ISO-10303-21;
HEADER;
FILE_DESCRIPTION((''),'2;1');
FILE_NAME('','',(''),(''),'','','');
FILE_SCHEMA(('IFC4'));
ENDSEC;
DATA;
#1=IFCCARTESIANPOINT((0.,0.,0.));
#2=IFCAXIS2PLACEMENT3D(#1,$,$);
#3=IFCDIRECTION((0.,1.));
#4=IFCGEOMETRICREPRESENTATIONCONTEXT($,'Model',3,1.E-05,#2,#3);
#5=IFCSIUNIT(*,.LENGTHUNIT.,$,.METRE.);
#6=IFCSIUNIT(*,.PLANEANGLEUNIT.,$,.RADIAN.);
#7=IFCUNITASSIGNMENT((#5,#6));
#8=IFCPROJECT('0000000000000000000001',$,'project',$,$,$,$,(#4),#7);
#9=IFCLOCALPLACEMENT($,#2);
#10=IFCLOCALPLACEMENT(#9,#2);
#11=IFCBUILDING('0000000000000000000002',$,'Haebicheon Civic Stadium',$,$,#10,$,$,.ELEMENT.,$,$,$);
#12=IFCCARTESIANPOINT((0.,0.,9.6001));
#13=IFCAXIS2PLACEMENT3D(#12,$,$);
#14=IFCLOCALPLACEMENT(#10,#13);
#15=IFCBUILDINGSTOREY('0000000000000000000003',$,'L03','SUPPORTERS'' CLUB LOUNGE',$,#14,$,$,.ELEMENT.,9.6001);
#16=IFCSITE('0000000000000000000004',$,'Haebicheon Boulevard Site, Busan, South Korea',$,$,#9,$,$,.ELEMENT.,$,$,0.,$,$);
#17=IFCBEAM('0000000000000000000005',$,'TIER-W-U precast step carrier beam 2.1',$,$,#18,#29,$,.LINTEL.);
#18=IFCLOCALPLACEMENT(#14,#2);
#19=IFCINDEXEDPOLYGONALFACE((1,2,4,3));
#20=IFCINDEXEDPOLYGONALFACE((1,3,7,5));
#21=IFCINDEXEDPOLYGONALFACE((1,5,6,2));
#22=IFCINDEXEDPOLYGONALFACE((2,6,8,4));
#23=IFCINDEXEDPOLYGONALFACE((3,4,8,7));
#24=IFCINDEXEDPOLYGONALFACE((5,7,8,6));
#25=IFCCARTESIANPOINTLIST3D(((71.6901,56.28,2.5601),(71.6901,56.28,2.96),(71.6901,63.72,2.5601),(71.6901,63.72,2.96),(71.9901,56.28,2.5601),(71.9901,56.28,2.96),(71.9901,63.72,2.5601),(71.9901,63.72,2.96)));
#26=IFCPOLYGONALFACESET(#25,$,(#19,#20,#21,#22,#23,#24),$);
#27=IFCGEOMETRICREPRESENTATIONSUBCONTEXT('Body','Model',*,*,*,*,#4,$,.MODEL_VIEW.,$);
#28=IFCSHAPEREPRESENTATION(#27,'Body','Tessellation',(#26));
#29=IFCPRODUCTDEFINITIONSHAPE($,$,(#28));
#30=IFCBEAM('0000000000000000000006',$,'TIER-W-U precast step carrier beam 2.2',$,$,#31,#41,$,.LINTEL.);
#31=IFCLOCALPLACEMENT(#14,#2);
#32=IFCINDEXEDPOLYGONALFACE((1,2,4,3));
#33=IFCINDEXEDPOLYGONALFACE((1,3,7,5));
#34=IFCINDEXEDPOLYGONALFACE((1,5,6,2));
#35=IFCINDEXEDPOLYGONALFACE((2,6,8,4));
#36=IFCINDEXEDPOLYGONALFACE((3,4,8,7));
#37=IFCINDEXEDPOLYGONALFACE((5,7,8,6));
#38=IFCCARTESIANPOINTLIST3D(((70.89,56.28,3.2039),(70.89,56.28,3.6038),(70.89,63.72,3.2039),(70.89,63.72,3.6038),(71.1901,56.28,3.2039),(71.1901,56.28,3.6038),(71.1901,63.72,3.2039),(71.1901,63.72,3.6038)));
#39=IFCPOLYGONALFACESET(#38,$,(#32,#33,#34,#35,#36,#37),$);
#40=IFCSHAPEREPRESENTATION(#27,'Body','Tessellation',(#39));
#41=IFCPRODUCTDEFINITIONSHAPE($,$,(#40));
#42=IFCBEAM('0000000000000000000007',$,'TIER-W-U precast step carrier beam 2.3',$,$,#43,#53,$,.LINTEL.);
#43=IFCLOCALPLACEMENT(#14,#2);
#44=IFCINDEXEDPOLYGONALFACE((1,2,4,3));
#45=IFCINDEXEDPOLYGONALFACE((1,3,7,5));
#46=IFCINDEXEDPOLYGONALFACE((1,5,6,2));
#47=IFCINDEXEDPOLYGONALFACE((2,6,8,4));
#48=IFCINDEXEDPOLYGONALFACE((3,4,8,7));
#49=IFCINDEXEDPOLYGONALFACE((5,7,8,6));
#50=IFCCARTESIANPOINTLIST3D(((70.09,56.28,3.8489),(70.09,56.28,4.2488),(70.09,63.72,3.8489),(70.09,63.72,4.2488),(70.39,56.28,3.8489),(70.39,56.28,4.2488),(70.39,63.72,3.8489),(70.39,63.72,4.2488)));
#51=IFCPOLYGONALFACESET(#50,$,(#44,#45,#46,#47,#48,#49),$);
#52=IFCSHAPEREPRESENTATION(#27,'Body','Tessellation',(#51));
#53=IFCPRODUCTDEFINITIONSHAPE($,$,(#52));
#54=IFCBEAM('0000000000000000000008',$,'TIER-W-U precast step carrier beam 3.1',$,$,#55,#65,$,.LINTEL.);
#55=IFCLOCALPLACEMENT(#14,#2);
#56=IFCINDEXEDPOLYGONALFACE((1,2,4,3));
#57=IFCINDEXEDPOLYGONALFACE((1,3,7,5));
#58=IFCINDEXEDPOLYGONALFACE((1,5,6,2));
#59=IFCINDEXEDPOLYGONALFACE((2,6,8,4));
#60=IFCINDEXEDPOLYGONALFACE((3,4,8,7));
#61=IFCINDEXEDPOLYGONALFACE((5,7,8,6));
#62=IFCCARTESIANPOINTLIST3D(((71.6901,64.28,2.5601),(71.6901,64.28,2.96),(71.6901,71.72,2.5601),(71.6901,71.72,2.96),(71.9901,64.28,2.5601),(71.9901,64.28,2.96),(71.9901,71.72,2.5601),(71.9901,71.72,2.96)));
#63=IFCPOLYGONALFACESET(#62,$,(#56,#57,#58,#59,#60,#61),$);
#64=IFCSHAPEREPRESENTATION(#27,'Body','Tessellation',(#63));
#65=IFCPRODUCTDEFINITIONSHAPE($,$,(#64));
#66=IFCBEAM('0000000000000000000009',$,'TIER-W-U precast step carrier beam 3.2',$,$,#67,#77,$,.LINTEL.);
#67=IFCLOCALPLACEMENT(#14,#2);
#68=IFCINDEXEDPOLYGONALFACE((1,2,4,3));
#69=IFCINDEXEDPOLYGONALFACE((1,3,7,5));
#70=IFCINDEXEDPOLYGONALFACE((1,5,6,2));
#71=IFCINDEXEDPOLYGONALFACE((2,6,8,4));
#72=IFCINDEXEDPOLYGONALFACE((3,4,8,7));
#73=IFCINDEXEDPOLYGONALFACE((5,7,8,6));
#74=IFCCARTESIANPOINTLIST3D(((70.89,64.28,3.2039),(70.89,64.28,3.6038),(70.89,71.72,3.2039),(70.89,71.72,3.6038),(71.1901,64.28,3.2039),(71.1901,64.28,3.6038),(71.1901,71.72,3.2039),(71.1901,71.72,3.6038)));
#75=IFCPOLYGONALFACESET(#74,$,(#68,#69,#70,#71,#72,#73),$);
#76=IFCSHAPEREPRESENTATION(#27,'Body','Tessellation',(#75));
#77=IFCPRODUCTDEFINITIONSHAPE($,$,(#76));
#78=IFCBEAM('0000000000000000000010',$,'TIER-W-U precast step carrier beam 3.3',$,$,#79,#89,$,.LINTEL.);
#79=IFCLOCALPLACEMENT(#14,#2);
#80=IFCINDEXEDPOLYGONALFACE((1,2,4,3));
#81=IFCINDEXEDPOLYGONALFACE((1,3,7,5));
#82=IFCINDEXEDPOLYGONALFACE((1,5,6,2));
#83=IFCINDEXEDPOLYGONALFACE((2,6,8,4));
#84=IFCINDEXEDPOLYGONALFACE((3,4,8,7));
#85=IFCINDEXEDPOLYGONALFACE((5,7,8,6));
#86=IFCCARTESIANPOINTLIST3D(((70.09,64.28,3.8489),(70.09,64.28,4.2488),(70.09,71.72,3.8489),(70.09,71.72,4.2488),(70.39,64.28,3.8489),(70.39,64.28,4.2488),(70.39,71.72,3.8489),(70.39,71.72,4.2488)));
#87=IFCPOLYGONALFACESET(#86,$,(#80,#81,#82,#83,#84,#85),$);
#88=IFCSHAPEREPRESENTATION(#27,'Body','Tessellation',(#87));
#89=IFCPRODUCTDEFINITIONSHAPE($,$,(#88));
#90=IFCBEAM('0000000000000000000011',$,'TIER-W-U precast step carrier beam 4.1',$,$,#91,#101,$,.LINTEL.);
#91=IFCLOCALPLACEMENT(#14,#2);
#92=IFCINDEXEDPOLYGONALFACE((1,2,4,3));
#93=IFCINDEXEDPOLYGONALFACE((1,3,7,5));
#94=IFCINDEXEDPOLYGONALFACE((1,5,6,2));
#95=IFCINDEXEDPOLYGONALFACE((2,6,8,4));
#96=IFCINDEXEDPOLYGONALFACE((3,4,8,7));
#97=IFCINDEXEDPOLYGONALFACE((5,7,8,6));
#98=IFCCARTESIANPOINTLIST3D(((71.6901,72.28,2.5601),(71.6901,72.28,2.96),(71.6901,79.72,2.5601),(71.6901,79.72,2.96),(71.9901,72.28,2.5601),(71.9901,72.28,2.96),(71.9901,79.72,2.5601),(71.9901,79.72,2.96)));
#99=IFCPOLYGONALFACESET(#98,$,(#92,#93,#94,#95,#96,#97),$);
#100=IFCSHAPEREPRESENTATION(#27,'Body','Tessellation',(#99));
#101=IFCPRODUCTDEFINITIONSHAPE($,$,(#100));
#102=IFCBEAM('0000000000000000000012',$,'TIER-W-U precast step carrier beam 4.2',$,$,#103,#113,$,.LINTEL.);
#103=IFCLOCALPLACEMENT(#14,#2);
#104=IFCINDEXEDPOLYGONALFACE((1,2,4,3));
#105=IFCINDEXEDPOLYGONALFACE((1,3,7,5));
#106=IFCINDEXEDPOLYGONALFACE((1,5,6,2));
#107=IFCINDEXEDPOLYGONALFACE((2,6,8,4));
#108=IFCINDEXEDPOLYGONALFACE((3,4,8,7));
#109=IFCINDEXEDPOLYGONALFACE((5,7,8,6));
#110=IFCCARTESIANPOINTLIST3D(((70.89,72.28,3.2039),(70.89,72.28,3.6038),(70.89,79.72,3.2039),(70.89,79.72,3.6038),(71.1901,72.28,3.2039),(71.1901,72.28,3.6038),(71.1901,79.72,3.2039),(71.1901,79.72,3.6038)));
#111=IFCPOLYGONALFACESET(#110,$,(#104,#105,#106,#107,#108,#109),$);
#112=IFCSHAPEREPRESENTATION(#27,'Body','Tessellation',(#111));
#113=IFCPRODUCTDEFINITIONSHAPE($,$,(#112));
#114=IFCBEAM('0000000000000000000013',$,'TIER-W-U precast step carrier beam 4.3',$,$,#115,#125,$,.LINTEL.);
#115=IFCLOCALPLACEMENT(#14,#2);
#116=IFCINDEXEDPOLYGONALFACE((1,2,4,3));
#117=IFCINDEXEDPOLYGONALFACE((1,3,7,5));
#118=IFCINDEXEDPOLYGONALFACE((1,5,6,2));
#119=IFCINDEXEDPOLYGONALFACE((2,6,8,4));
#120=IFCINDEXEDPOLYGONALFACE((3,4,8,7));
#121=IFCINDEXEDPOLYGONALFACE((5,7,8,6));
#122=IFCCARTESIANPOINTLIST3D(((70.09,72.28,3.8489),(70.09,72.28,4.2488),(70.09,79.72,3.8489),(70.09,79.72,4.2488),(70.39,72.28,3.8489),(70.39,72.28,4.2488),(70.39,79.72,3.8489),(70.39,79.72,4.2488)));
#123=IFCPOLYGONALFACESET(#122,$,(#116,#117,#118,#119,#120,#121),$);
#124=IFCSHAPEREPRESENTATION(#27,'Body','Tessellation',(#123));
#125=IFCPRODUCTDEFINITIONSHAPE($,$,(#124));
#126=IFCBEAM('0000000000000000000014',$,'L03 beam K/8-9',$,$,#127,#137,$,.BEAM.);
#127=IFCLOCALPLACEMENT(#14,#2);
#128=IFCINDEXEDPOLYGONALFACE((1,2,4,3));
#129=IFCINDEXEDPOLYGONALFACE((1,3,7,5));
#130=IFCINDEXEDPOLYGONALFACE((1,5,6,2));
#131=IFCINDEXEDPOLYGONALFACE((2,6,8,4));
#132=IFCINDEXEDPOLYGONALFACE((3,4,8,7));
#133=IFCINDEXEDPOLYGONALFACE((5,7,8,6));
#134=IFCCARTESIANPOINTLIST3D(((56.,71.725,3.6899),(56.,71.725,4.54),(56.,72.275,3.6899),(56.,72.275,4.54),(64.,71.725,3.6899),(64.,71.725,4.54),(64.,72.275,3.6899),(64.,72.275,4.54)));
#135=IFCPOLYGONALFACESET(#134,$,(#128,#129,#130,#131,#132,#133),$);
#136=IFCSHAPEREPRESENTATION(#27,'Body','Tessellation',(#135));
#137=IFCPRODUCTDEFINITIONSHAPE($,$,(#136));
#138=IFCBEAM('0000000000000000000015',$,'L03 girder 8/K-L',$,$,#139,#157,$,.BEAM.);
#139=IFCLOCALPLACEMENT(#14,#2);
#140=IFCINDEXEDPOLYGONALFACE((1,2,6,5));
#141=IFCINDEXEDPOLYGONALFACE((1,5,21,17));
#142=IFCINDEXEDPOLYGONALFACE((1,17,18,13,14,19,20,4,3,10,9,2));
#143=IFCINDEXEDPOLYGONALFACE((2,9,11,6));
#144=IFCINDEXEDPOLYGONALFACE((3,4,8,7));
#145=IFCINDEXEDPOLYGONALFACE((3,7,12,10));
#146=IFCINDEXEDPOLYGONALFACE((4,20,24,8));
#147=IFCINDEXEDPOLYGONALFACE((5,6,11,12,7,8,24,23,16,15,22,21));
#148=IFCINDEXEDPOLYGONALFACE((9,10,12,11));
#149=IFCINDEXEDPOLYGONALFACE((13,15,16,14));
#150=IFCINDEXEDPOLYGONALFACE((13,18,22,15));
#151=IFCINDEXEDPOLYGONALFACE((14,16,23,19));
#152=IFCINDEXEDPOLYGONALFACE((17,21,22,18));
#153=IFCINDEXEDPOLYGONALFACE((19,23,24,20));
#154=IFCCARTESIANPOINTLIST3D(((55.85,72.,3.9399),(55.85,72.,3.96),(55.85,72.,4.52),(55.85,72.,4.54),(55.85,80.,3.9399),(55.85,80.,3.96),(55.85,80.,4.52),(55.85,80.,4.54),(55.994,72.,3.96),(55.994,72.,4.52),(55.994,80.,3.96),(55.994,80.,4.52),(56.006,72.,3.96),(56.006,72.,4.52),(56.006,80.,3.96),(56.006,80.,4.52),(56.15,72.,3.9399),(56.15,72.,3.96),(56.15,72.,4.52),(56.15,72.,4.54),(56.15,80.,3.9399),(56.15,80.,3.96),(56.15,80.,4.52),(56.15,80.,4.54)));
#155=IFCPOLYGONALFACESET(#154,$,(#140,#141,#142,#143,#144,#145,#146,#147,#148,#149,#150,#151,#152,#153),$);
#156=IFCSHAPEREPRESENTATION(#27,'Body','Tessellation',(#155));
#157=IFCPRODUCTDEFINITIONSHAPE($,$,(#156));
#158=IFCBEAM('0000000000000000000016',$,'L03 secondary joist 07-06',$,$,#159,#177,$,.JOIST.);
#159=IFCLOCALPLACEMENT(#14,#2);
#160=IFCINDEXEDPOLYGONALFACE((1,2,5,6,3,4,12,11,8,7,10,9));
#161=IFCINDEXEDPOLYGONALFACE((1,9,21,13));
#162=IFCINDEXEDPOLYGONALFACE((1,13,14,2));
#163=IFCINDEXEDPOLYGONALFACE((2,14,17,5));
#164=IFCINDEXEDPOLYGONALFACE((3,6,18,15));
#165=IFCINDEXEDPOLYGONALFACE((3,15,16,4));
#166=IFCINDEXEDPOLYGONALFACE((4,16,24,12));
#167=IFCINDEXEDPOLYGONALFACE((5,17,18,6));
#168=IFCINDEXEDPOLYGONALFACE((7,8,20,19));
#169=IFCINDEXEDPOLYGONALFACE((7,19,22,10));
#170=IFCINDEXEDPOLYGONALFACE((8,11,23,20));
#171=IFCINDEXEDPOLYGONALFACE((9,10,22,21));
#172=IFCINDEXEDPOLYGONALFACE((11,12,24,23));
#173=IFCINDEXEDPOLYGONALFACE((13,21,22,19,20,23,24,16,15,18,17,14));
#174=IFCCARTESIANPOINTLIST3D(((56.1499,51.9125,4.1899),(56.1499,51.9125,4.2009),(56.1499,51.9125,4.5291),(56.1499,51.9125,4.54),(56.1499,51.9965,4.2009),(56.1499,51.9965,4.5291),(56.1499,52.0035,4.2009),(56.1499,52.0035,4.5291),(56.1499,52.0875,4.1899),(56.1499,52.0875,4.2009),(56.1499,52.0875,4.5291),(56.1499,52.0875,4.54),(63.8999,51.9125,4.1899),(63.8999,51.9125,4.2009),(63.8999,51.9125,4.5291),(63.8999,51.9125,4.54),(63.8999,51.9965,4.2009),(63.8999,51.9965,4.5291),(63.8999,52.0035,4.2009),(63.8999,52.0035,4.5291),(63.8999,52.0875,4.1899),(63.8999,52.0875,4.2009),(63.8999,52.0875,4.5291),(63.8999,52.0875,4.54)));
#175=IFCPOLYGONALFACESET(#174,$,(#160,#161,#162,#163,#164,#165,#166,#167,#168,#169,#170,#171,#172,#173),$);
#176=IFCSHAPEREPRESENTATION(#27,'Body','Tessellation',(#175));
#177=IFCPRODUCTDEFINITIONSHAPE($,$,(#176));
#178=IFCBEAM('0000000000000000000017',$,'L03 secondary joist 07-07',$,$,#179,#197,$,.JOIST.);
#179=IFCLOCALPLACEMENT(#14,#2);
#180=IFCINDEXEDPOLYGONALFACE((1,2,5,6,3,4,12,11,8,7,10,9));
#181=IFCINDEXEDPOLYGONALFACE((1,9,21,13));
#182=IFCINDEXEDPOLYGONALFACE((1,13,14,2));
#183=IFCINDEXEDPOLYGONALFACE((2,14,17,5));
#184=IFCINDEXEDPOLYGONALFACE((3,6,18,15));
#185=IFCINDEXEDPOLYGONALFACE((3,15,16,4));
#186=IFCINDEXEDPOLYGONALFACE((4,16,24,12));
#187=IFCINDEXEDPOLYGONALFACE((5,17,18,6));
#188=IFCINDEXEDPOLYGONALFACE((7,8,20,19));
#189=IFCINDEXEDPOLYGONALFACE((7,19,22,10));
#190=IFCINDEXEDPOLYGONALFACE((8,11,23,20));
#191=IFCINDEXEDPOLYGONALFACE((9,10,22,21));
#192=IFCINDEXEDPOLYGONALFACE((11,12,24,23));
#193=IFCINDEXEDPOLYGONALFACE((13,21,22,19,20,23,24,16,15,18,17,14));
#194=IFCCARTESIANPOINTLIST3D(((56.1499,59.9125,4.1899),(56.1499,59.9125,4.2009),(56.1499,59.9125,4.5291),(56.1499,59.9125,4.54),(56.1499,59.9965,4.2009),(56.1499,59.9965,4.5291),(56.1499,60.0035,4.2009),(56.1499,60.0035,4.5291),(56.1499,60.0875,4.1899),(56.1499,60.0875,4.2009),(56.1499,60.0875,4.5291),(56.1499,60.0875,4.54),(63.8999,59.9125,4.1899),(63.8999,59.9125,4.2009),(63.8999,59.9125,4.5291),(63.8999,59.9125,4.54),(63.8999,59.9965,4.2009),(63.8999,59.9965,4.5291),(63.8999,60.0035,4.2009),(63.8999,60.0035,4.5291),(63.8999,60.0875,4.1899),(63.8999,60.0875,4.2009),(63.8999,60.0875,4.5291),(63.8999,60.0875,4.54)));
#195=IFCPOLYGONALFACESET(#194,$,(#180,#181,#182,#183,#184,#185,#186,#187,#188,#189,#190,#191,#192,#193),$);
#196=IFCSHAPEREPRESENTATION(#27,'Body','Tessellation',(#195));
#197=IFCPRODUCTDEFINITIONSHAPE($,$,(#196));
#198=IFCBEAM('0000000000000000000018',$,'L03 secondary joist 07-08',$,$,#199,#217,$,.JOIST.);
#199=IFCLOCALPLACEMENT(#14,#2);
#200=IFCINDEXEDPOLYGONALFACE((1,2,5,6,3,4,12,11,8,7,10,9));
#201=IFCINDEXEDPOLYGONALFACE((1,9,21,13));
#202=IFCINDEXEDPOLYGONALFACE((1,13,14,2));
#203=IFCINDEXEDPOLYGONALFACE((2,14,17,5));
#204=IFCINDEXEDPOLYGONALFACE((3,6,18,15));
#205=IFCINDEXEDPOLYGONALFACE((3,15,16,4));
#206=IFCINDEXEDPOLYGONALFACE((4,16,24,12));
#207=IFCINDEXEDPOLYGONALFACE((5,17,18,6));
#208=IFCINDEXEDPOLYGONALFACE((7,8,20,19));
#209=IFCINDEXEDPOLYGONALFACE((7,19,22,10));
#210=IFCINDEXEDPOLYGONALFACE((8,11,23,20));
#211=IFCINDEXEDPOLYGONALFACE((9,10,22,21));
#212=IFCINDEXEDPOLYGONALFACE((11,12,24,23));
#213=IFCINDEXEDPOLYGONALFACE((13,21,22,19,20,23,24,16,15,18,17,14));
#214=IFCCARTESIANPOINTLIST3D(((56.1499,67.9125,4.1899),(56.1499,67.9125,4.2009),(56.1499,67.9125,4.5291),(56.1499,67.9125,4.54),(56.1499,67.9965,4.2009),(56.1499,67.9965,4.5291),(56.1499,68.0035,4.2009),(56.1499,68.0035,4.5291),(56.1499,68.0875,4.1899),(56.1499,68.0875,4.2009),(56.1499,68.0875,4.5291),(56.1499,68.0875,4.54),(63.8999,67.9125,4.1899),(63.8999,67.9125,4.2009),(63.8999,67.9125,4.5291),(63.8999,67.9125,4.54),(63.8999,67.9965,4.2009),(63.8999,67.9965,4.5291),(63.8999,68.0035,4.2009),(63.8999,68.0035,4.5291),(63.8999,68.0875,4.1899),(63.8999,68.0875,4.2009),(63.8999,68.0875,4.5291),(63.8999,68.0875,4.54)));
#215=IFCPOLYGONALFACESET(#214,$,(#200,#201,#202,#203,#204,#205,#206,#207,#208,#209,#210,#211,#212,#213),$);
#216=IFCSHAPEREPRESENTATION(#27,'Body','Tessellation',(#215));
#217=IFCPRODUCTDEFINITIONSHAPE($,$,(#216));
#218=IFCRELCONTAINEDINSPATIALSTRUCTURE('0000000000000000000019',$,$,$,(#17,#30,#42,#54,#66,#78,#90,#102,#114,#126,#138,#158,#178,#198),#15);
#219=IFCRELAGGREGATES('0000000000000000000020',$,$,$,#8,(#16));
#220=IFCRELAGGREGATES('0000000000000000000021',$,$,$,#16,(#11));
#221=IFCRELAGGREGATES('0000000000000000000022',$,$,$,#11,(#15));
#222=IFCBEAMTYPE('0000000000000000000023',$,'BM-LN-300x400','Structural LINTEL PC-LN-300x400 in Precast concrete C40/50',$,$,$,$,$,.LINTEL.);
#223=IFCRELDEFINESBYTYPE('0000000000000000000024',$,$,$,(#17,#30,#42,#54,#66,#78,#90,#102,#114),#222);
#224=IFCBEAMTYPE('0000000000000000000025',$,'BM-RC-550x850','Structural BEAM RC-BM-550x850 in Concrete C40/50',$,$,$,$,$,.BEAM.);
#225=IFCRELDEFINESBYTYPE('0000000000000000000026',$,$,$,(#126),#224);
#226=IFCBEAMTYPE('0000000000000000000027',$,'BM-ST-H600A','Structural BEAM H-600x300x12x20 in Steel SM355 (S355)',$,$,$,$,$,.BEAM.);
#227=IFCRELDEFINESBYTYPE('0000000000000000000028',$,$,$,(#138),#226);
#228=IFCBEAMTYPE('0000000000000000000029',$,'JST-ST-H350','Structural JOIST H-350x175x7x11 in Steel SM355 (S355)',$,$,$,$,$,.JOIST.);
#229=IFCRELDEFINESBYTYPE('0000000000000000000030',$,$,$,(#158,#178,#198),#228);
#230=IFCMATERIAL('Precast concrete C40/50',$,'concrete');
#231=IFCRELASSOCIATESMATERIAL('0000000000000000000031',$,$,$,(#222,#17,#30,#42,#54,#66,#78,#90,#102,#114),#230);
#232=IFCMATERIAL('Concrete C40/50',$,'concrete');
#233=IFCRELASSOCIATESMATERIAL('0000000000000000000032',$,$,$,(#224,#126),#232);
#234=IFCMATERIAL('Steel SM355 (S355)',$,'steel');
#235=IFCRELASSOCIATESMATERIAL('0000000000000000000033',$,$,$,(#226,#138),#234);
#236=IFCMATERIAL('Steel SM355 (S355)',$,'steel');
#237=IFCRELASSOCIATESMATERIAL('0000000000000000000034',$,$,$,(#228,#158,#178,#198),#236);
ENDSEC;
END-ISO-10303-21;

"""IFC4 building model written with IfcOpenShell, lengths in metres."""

from ifc_helpers import new_model, si_unit, direction, frame, origin, origin_2d, place, context, subcontext, project, spatial, rectangle, i_section, extrude, material, material_profile, profile_set, type_object, element, save


model = new_model("IFC4")

# Units and contexts
model_context = context("Model", 3, precision=1e-05, world=origin(), true_north=direction((0.0, 1.0)))
body_context = subcontext(model_context, "Body", "Model", "MODEL_VIEW")
ifc_project = project(units=[si_unit("LENGTHUNIT", "METRE"), si_unit("PLANEANGLEUNIT", "RADIAN")], contexts=[model_context])

# Site, building, storey
site_placement = place(None, origin())
site = spatial("IfcSite", under=ifc_project, at=site_placement, Name="Haebicheon Boulevard Site, Busan, South Korea", CompositionType="ELEMENT", RefElevation=0.0)
building_placement = place(site_placement, origin())
building = spatial("IfcBuilding", under=site, at=building_placement, Name="Haebicheon Civic Stadium", CompositionType="ELEMENT")
storey_placement = place(building_placement, frame((0.0, 0.0, 9.6001)))
storey = spatial("IfcBuildingStorey", under=building, at=storey_placement, Name="L03", Description="SUPPORTERS' CLUB LOUNGE", CompositionType="ELEMENT", Elevation=9.6001)

# Beams
ifc_material_1 = material(Name="Precast concrete C40/50", Category="concrete")
ifc_material_profile_1 = material_profile(ifc_material_1, rectangle(XDim=0.3, YDim=0.3999, at=origin_2d()), Name="PC-LN-300x400")
ifc_profile_set_1 = profile_set([ifc_material_profile_1], Name="Precast concrete C40/50")
beam_type_1 = type_object("IfcBeamType", Name="BM-LN-300x400", Description="Structural LINTEL PC-LN-300x400 in Precast concrete C40/50", PredefinedType="LINTEL", material=ifc_profile_set_1)
for number, where, z_axis, x_axis, name in (
    (1, (71.8401, 56.28, 2.76), (0.0, 1.0, 0.0), (-1.0, 0.0, 0.0), "TIER-W-U precast step carrier beam 2.1"),
    (2, (71.04, 56.28, 3.4038), (0.0, 1.0, 0.0), (-1.0, 0.0, 0.0), "TIER-W-U precast step carrier beam 2.2"),
    (3, (70.24, 56.28, 4.0488), (0.0, 1.0, 0.0), (-1.0, 0.0, 0.0), "TIER-W-U precast step carrier beam 2.3"),
    (4, (71.8401, 64.28, 2.76), (0.0, 1.0, 0.0), (-1.0, 0.0, 0.0), "TIER-W-U precast step carrier beam 3.1"),
    (5, (71.04, 64.28, 3.4038), (0.0, 1.0, 0.0), (-1.0, 0.0, 0.0), "TIER-W-U precast step carrier beam 3.2"),
    (6, (70.24, 64.28, 4.0488), (0.0, 1.0, 0.0), (-1.0, 0.0, 0.0), "TIER-W-U precast step carrier beam 3.3"),
    (7, (71.8401, 72.28, 2.76), (0.0, 1.0, 0.0), (-1.0, 0.0, 0.0), "TIER-W-U precast step carrier beam 4.1"),
    (8, (71.04, 72.28, 3.4038), (0.0, 1.0, 0.0), (-1.0, 0.0, 0.0), "TIER-W-U precast step carrier beam 4.2"),
    (9, (70.24, 72.28, 4.0488), (0.0, 1.0, 0.0), (-1.0, 0.0, 0.0), "TIER-W-U precast step carrier beam 4.3"),
):
    element("IfcBeam", number, at=place(storey_placement, frame(where, z_axis=z_axis, x_axis=x_axis)), inside=storey, type_object=beam_type_1, material=ifc_profile_set_1, Name=name, PredefinedType="LINTEL", context=body_context, shape_type="SweptSolid", body=[
        extrude(rectangle(XDim=0.3, YDim=0.3999, at=origin_2d()), origin(), (0.0, 0.0, 1.0), 7.4399),
    ])
ifc_material_2 = material(Name="Concrete C40/50", Category="concrete")
ifc_material_profile_2 = material_profile(ifc_material_2, rectangle(XDim=0.55, YDim=0.8501, at=origin_2d()), Name="RC-BM-550x850")
ifc_profile_set_2 = profile_set([ifc_material_profile_2], Name="Concrete C40/50")
beam_type_2 = type_object("IfcBeamType", Name="BM-RC-550x850", Description="Structural BEAM RC-BM-550x850 in Concrete C40/50", PredefinedType="BEAM", material=ifc_profile_set_2)
beam_1_placement = place(storey_placement, frame((56.0, 72.0, 4.115), z_axis=(1.0, 0.0, 0.0), x_axis=(0.0, 1.0, 0.0)))
element("IfcBeam", 10, at=beam_1_placement, inside=storey, type_object=beam_type_2, material=ifc_profile_set_2, Name="L03 beam K/8-9", PredefinedType="BEAM", context=body_context, shape_type="SweptSolid", body=[
    extrude(rectangle(XDim=0.55, YDim=0.8501, at=origin_2d()), origin(), (0.0, 0.0, 1.0), 8.0),
])
ifc_material_3 = material(Name="Steel SM355 (S355)", Category="steel")
ifc_material_profile_3 = material_profile(ifc_material_3, i_section(OverallWidth=0.3, OverallDepth=0.6001, WebThickness=0.012, FlangeThickness=0.02, at=origin_2d()), Name="H-600x300x12x20")
ifc_profile_set_3 = profile_set([ifc_material_profile_3], Name="Steel SM355 (S355)")
beam_type_3 = type_object("IfcBeamType", Name="BM-ST-H600A", Description="Structural BEAM H-600x300x12x20 in Steel SM355 (S355)", PredefinedType="BEAM", material=ifc_profile_set_3)
beam_2_placement = place(storey_placement, frame((56.0, 72.0, 4.24), z_axis=(0.0, 1.0, 0.0), x_axis=(-1.0, 0.0, 0.0)))
element("IfcBeam", 11, at=beam_2_placement, inside=storey, type_object=beam_type_3, material=ifc_profile_set_3, Name="L03 girder 8/K-L", PredefinedType="BEAM", context=body_context, shape_type="SweptSolid", body=[
    extrude(i_section(OverallWidth=0.3, OverallDepth=0.6001, WebThickness=0.012, FlangeThickness=0.02, at=origin_2d()), origin(), (0.0, 0.0, 1.0), 8.0),
])
ifc_material_4 = material(Name="Steel SM355 (S355)", Category="steel")
ifc_material_profile_4 = material_profile(ifc_material_4, i_section(OverallWidth=0.175, OverallDepth=0.3501, WebThickness=0.0071, FlangeThickness=0.011, at=origin_2d()), Name="H-350x175x7x11")
ifc_profile_set_4 = profile_set([ifc_material_profile_4], Name="Steel SM355 (S355)")
beam_type_4 = type_object("IfcBeamType", Name="JST-ST-H350", Description="Structural JOIST H-350x175x7x11 in Steel SM355 (S355)", PredefinedType="JOIST", material=ifc_profile_set_4)
for number, where, z_axis, x_axis, name in (
    (12, (56.1499, 52.0, 4.365), (1.0, 0.0, 0.0), (0.0, 1.0, 0.0), "L03 secondary joist 07-06"),
    (13, (56.1499, 60.0, 4.365), (1.0, 0.0, 0.0), (0.0, 1.0, 0.0), "L03 secondary joist 07-07"),
    (14, (56.1499, 68.0, 4.365), (1.0, 0.0, 0.0), (0.0, 1.0, 0.0), "L03 secondary joist 07-08"),
):
    element("IfcBeam", number, at=place(storey_placement, frame(where, z_axis=z_axis, x_axis=x_axis)), inside=storey, type_object=beam_type_4, material=ifc_profile_set_4, Name=name, PredefinedType="JOIST", context=body_context, shape_type="SweptSolid", body=[
        extrude(i_section(OverallWidth=0.175, OverallDepth=0.3501, WebThickness=0.0071, FlangeThickness=0.011, at=origin_2d()), origin(), (0.0, 0.0, 1.0), 7.75),
    ])

save(model, "model.ifc")
